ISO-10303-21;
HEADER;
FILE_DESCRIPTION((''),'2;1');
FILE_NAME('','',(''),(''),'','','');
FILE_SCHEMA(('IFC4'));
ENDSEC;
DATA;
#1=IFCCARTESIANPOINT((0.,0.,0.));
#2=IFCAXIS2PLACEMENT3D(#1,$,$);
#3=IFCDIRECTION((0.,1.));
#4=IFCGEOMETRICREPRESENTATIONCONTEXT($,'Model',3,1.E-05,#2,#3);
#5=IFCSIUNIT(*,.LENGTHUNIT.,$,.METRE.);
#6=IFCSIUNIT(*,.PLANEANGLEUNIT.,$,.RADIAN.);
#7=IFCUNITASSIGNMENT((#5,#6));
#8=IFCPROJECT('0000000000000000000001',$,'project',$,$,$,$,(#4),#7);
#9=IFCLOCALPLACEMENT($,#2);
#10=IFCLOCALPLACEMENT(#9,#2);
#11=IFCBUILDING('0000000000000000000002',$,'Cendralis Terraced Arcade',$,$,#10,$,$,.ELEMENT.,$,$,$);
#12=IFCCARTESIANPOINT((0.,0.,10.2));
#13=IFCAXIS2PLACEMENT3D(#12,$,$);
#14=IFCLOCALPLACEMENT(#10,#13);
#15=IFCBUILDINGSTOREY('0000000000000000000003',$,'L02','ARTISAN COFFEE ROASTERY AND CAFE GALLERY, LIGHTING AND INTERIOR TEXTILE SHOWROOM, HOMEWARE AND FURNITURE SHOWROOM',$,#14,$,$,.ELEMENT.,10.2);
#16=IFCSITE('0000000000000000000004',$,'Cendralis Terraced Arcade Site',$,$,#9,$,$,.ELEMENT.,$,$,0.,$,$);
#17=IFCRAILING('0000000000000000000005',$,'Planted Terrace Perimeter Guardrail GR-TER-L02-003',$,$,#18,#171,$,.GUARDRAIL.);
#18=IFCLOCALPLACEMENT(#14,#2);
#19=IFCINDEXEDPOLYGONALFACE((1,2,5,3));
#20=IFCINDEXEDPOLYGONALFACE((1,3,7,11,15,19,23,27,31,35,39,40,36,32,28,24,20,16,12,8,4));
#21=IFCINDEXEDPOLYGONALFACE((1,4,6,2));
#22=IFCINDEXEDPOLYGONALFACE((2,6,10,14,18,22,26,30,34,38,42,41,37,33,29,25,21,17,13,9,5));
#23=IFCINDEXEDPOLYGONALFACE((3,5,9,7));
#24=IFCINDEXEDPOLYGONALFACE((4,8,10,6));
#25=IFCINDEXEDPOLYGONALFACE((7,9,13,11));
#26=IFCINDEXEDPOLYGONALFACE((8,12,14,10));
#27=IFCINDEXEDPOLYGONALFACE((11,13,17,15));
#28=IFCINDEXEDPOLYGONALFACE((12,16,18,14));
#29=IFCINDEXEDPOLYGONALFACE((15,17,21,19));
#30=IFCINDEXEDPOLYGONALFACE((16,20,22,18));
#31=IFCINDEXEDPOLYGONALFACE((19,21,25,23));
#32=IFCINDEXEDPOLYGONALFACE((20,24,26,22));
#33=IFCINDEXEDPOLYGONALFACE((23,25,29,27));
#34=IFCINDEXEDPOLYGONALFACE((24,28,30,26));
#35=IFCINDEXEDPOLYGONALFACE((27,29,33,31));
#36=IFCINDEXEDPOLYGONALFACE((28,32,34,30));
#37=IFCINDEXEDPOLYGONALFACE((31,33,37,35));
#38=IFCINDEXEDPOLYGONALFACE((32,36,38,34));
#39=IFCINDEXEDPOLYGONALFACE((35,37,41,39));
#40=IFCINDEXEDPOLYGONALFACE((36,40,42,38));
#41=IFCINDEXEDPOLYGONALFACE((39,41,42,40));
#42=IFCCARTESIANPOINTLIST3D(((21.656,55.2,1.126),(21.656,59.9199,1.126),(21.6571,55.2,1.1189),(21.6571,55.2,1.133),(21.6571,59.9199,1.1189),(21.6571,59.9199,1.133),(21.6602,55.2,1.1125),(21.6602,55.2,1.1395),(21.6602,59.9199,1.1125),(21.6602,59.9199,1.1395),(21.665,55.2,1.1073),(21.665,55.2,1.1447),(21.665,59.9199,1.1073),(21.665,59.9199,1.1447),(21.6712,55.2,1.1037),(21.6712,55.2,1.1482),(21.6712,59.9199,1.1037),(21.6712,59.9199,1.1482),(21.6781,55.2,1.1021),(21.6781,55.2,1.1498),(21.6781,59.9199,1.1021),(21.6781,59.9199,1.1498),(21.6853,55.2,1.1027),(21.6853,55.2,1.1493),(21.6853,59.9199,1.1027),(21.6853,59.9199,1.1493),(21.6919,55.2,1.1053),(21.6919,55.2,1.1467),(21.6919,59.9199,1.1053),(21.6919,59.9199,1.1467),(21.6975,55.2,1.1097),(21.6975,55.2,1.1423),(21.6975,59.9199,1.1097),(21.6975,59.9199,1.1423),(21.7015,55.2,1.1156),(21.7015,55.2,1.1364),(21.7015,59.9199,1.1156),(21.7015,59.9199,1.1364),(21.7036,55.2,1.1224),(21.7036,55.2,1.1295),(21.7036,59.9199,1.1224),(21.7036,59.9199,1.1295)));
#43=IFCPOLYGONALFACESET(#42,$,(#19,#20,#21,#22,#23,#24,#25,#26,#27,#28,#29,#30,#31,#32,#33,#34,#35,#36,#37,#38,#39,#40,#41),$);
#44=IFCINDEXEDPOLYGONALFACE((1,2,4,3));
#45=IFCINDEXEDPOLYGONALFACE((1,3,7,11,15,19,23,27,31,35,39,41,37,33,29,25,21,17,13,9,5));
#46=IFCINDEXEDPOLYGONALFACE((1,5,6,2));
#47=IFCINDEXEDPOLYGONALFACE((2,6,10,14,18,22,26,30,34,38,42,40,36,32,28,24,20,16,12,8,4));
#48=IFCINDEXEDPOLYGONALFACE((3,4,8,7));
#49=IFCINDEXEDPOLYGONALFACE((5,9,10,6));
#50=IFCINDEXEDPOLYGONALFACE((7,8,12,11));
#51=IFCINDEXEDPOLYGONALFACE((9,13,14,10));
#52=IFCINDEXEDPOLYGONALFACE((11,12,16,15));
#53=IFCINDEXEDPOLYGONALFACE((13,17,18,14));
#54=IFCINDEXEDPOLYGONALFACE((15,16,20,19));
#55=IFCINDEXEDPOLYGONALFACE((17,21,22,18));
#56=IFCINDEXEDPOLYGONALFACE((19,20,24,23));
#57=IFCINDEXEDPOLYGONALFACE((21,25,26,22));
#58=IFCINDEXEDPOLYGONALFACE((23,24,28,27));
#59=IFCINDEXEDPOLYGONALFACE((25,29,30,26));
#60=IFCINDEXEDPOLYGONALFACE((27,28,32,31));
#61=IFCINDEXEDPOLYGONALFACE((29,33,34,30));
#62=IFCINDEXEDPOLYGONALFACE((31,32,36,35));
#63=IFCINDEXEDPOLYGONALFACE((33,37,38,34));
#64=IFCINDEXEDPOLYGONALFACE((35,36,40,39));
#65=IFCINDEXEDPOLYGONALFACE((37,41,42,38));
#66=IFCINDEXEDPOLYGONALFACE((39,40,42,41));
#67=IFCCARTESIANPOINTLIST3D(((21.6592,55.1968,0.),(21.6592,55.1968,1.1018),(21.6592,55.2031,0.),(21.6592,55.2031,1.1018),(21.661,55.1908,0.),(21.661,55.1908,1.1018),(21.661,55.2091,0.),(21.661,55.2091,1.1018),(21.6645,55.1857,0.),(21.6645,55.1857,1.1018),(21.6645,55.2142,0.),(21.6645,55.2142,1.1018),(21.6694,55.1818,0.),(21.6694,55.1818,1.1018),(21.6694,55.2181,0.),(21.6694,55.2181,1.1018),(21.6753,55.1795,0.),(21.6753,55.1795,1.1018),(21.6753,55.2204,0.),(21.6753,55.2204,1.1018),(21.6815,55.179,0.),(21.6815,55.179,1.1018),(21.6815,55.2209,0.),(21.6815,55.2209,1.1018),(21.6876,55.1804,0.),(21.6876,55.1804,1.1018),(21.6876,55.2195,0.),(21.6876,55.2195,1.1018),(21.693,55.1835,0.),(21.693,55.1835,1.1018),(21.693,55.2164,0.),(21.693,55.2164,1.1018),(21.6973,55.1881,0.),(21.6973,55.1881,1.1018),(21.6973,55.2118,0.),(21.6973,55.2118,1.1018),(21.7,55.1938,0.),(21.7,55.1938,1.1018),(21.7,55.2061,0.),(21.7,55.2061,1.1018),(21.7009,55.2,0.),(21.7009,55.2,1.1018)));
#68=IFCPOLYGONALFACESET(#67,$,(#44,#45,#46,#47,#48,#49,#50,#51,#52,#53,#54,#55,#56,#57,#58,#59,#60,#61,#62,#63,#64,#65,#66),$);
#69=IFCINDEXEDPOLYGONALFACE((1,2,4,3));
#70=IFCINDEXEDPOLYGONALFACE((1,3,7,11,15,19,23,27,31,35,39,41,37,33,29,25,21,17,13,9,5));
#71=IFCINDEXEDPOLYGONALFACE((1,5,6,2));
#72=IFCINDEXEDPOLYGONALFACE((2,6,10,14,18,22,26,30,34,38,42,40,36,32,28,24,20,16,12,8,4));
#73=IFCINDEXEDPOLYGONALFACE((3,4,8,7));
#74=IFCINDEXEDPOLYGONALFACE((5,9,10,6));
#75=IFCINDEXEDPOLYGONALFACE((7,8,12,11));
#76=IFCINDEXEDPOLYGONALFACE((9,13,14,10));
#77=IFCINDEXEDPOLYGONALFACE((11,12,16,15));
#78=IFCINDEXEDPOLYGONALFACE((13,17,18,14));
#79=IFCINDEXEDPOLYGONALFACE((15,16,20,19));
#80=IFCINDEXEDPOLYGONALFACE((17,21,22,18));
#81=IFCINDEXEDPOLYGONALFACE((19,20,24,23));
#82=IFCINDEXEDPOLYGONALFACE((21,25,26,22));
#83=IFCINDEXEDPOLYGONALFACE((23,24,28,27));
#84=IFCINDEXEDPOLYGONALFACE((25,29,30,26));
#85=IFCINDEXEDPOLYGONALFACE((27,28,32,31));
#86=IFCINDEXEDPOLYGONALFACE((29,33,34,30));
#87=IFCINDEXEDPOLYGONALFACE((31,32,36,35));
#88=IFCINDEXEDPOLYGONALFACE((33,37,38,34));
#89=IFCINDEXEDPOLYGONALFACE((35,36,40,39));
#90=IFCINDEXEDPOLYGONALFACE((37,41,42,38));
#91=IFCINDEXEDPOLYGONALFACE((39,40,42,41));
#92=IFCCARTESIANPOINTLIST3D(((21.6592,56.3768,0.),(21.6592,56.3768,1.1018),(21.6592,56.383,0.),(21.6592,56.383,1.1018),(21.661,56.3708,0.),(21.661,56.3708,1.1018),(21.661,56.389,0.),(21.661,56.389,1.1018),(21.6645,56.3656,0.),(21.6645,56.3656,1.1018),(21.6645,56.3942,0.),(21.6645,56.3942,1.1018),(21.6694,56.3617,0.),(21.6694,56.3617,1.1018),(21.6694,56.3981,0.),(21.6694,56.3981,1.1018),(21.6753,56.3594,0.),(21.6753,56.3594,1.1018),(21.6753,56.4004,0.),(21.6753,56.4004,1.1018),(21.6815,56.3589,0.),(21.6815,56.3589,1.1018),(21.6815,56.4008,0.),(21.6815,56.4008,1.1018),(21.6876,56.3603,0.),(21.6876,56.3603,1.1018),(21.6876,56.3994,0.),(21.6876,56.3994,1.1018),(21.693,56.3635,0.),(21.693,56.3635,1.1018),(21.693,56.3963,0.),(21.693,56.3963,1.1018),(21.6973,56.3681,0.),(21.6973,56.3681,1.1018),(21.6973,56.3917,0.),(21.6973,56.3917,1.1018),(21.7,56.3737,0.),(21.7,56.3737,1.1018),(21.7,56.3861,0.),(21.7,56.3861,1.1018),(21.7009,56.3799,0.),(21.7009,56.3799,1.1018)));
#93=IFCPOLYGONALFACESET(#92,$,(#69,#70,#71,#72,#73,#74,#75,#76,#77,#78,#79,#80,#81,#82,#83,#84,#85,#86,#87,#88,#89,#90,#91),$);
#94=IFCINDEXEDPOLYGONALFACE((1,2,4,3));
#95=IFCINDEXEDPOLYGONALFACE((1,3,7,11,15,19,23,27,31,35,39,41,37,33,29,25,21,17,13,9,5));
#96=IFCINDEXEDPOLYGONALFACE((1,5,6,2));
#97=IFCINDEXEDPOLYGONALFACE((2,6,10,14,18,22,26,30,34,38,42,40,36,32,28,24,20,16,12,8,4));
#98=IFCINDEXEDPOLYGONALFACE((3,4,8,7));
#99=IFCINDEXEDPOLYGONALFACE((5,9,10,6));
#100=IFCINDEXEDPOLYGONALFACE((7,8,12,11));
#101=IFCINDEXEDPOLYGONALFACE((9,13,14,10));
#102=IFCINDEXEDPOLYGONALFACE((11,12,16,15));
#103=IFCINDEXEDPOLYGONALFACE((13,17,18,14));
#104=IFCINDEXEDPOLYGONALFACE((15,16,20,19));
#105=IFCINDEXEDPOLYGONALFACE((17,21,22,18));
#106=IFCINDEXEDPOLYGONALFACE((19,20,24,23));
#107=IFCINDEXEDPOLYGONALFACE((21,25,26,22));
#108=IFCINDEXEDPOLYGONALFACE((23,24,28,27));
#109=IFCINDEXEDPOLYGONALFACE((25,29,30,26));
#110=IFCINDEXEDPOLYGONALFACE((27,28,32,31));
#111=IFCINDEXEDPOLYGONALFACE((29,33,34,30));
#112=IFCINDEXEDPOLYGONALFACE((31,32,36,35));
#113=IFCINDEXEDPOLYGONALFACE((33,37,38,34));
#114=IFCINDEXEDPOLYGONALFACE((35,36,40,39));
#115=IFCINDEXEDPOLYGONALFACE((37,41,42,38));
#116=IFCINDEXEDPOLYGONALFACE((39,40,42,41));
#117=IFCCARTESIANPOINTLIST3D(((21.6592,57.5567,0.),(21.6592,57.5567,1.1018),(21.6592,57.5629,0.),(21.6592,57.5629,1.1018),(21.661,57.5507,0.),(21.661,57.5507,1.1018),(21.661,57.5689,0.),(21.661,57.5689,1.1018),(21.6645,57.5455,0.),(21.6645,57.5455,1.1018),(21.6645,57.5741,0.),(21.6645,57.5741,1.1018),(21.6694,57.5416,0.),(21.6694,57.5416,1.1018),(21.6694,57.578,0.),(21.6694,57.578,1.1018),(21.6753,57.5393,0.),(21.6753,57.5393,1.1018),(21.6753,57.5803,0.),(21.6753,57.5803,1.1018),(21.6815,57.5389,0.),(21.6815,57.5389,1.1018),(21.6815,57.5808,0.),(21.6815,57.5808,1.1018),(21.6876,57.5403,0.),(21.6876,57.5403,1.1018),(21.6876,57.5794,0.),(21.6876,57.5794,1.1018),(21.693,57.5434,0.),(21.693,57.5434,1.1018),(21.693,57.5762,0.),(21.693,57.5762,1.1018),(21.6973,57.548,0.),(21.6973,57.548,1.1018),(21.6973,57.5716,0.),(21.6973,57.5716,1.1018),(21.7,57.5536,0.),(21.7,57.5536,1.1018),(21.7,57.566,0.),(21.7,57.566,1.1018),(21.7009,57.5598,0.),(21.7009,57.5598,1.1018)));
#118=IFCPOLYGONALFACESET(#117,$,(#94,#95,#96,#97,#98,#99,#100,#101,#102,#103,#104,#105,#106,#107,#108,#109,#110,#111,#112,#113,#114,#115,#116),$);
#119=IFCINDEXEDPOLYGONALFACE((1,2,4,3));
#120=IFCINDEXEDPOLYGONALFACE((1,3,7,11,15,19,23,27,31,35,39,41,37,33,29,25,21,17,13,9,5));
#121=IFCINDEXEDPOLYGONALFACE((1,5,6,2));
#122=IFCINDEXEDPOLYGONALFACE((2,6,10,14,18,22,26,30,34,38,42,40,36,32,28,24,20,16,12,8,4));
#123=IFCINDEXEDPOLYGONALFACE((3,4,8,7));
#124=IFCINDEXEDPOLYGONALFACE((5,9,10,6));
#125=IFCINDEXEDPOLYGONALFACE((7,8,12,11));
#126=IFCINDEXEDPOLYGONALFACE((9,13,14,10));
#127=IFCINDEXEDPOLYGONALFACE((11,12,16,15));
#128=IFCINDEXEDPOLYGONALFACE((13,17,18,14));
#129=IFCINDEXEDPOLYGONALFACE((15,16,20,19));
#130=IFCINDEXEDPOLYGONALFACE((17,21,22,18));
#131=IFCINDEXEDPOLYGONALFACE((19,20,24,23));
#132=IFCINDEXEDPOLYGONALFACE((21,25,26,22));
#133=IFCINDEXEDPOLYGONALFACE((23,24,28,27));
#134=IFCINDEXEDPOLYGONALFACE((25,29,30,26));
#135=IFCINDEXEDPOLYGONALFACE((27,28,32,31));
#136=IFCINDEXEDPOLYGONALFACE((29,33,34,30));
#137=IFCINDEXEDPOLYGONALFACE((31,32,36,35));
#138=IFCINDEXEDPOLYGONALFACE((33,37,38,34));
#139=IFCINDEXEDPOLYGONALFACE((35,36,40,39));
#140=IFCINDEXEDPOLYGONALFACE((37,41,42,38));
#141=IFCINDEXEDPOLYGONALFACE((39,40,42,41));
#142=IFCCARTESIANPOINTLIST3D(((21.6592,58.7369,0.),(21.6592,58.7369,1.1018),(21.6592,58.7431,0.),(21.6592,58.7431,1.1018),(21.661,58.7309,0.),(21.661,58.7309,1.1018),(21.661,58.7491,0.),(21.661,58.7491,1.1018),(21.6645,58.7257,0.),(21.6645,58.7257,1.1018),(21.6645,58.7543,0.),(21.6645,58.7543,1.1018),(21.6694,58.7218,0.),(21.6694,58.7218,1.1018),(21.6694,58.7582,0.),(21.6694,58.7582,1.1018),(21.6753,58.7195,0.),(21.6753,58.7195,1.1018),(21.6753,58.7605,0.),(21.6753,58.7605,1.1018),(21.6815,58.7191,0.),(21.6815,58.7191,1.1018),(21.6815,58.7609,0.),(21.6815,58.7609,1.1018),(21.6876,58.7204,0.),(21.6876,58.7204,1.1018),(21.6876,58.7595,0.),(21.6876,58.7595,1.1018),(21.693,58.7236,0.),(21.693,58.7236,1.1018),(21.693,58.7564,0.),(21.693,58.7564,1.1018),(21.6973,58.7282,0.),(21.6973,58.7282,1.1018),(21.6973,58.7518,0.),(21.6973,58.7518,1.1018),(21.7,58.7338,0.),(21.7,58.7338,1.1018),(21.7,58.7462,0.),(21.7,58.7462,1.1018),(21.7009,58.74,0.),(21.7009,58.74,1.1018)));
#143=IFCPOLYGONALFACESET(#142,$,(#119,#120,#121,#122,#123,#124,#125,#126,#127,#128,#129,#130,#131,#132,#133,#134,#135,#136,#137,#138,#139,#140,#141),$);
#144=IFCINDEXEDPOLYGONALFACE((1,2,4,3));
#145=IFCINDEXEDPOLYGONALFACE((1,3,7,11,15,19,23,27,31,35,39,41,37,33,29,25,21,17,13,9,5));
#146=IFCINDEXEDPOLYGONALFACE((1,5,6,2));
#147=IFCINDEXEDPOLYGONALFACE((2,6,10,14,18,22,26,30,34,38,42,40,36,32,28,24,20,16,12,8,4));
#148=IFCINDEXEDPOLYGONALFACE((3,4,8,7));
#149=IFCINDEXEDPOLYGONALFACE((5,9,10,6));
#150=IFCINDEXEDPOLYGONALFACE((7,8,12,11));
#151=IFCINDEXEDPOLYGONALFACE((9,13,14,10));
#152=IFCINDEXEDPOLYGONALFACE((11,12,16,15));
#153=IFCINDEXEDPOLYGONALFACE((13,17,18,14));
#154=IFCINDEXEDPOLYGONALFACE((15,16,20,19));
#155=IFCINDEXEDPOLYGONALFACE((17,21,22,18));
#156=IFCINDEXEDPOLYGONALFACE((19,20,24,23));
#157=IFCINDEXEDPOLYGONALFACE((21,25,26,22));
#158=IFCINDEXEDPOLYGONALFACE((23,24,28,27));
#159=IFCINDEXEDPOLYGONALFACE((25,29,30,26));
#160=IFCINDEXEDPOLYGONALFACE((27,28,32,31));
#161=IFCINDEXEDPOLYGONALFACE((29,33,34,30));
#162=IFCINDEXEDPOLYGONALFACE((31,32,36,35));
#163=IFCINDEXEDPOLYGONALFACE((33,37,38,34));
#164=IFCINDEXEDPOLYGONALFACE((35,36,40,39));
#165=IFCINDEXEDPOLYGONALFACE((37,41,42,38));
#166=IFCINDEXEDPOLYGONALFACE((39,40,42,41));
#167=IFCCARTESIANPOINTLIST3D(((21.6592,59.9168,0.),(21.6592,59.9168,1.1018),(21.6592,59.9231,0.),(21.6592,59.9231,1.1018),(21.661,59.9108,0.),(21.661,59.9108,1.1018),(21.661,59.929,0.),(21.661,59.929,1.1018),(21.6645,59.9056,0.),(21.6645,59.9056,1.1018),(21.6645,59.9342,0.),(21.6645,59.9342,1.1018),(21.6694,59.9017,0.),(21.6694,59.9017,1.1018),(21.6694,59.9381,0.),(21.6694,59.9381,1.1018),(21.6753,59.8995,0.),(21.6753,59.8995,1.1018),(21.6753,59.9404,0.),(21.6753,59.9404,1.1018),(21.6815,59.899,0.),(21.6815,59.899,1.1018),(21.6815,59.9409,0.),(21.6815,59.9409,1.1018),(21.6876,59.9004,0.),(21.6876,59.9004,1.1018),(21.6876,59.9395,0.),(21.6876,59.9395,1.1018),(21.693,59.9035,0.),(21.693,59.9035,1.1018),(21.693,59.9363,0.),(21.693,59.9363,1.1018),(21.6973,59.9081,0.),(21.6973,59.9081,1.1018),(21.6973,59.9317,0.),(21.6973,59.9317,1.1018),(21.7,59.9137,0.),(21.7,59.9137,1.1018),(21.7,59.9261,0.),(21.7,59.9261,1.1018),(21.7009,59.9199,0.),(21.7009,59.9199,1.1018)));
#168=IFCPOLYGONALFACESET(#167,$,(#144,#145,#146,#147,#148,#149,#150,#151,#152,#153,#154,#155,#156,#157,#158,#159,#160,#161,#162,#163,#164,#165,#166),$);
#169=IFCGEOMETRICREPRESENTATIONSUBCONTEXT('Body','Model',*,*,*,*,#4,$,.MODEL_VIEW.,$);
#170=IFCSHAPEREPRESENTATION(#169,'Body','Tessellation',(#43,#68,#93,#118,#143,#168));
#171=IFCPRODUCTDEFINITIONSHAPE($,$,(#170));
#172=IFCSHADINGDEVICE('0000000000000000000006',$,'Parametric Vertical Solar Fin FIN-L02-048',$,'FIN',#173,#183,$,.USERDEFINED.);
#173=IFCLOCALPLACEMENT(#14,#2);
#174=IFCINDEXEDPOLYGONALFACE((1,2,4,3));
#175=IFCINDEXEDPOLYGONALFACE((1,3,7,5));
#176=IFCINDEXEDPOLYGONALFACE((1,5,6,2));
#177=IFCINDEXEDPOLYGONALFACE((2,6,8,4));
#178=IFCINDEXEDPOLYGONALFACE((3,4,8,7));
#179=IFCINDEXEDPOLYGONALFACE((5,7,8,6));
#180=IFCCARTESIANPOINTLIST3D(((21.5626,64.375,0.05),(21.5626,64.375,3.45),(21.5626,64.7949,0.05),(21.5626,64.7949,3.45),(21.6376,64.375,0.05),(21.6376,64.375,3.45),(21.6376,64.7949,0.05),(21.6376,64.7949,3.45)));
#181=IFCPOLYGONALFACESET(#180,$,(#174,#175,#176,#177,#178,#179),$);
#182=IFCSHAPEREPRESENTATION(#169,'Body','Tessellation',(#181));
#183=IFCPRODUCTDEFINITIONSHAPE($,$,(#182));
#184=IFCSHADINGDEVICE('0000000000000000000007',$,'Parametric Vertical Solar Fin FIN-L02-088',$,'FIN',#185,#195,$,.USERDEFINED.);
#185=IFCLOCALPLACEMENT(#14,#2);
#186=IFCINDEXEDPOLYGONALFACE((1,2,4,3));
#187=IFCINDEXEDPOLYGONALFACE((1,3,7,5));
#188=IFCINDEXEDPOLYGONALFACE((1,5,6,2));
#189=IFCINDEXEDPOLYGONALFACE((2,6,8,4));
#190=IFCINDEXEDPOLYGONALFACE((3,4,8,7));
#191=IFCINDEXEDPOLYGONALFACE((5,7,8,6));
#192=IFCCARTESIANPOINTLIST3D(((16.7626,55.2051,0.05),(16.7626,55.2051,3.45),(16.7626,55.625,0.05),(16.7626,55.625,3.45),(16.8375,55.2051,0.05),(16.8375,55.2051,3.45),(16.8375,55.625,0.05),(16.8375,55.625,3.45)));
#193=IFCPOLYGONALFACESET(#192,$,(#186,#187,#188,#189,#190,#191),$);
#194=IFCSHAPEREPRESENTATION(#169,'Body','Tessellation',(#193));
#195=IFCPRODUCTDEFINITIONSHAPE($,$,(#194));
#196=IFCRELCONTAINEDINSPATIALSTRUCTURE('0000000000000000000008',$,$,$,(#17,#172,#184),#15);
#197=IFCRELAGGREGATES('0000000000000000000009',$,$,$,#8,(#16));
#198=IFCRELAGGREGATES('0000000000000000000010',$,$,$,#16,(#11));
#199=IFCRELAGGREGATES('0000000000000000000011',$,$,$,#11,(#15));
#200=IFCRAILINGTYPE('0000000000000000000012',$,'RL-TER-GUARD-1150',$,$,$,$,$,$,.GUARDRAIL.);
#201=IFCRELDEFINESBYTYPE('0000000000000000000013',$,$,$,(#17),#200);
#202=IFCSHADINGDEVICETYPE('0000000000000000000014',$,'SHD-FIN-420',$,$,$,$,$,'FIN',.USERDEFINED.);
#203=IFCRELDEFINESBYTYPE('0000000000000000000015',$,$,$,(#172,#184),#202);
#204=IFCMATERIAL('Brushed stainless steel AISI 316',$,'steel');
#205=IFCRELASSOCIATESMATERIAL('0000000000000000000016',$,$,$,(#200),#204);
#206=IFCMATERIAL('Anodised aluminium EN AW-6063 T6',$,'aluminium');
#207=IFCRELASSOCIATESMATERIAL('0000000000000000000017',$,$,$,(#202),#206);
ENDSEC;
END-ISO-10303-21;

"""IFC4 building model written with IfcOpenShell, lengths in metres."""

from ifc_helpers import new_model, si_unit, direction, frame, origin, origin_2d, place, context, subcontext, project, spatial, rectangle, circle, extrude, material, type_object, element, save


model = new_model("IFC4")

# Units and contexts
model_context = context("Model", 3, precision=1e-05, world=origin(), true_north=direction((0.0, 1.0)))
body_context = subcontext(model_context, "Body", "Model", "MODEL_VIEW")
ifc_project = project(units=[si_unit("LENGTHUNIT", "METRE"), si_unit("PLANEANGLEUNIT", "RADIAN")], contexts=[model_context])

# Site, building, storey
site_placement = place(None, origin())
site = spatial("IfcSite", under=ifc_project, at=site_placement, Name="Cendralis Terraced Arcade Site", CompositionType="ELEMENT", RefElevation=0.0)
building_placement = place(site_placement, origin())
building = spatial("IfcBuilding", under=site, at=building_placement, Name="Cendralis Terraced Arcade", CompositionType="ELEMENT")
storey_placement = place(building_placement, frame((0.0, 0.0, 10.2)))
storey = spatial("IfcBuildingStorey", under=building, at=storey_placement, Name="L02", Description="ARTISAN COFFEE ROASTERY AND CAFE GALLERY, LIGHTING AND INTERIOR TEXTILE SHOWROOM, HOMEWARE AND FURNITURE SHOWROOM", CompositionType="ELEMENT", Elevation=10.2)

# Shared definitions
ifc_material_1 = material(Name="Anodised aluminium EN AW-6063 T6", Category="aluminium")

# Railing
ifc_material_2 = material(Name="Brushed stainless steel AISI 316", Category="steel")
railing_type = type_object("IfcRailingType", Name="RL-TER-GUARD-1150", PredefinedType="GUARDRAIL", material=ifc_material_2)
railing_1_placement = place(storey_placement, frame((21.6799, 55.2, 0.0)))
element("IfcRailing", 1, at=railing_1_placement, inside=storey, type_object=railing_type, Name="Planted Terrace Perimeter Guardrail GR-TER-L02-003", PredefinedType="GUARDRAIL", context=body_context, shape_type="SweptSolid", body=[
    extrude(circle(Radius=0.0239, at=origin_2d()), frame((0.0, 0.0, 1.126), z_axis=(0.0, 1.0, 0.0), x_axis=(-1.0, 0.0, 0.0)), (0.0, 0.0, 1.0), 4.72),
    extrude(circle(Radius=0.021, at=origin_2d()), origin(), (0.0, 0.0, 1.0), 1.1018),
    extrude(circle(Radius=0.021, at=origin_2d()), frame((0.0, 1.1799, 0.0)), (0.0, 0.0, 1.0), 1.1018),
    extrude(circle(Radius=0.021, at=origin_2d()), frame((0.0, 2.3599, 0.0)), (0.0, 0.0, 1.0), 1.1018),
    extrude(circle(Radius=0.021, at=origin_2d()), frame((0.0, 3.54, 0.0)), (0.0, 0.0, 1.0), 1.1018),
    extrude(circle(Radius=0.021, at=origin_2d()), frame((0.0, 4.72, 0.0)), (0.0, 0.0, 1.0), 1.1018),
])

# Shading devices
shading_device_type = type_object("IfcShadingDeviceType", Name="SHD-FIN-420", ElementType="FIN", PredefinedType="USERDEFINED", material=ifc_material_1)
for number, where, z_axis, x_axis, name in (
    (2, (21.6001, 64.585, 0.05), (0.0, 0.0, 1.0), (-1.0, 0.0, 0.0), "Parametric Vertical Solar Fin FIN-L02-048"),
    (3, (16.8, 55.415, 0.05), (0.0, 0.0, 1.0), (1.0, 0.0, 0.0), "Parametric Vertical Solar Fin FIN-L02-088"),
):
    element("IfcShadingDevice", number, at=place(storey_placement, frame(where, z_axis=z_axis, x_axis=x_axis)), inside=storey, type_object=shading_device_type, Name=name, ObjectType="FIN", PredefinedType="USERDEFINED", context=body_context, shape_type="SweptSolid", body=[
        extrude(rectangle(XDim=0.075, YDim=0.4199, at=origin_2d()), origin(), (0.0, 0.0, 1.0), 3.3999),
    ])

save(model, "model.ifc")
